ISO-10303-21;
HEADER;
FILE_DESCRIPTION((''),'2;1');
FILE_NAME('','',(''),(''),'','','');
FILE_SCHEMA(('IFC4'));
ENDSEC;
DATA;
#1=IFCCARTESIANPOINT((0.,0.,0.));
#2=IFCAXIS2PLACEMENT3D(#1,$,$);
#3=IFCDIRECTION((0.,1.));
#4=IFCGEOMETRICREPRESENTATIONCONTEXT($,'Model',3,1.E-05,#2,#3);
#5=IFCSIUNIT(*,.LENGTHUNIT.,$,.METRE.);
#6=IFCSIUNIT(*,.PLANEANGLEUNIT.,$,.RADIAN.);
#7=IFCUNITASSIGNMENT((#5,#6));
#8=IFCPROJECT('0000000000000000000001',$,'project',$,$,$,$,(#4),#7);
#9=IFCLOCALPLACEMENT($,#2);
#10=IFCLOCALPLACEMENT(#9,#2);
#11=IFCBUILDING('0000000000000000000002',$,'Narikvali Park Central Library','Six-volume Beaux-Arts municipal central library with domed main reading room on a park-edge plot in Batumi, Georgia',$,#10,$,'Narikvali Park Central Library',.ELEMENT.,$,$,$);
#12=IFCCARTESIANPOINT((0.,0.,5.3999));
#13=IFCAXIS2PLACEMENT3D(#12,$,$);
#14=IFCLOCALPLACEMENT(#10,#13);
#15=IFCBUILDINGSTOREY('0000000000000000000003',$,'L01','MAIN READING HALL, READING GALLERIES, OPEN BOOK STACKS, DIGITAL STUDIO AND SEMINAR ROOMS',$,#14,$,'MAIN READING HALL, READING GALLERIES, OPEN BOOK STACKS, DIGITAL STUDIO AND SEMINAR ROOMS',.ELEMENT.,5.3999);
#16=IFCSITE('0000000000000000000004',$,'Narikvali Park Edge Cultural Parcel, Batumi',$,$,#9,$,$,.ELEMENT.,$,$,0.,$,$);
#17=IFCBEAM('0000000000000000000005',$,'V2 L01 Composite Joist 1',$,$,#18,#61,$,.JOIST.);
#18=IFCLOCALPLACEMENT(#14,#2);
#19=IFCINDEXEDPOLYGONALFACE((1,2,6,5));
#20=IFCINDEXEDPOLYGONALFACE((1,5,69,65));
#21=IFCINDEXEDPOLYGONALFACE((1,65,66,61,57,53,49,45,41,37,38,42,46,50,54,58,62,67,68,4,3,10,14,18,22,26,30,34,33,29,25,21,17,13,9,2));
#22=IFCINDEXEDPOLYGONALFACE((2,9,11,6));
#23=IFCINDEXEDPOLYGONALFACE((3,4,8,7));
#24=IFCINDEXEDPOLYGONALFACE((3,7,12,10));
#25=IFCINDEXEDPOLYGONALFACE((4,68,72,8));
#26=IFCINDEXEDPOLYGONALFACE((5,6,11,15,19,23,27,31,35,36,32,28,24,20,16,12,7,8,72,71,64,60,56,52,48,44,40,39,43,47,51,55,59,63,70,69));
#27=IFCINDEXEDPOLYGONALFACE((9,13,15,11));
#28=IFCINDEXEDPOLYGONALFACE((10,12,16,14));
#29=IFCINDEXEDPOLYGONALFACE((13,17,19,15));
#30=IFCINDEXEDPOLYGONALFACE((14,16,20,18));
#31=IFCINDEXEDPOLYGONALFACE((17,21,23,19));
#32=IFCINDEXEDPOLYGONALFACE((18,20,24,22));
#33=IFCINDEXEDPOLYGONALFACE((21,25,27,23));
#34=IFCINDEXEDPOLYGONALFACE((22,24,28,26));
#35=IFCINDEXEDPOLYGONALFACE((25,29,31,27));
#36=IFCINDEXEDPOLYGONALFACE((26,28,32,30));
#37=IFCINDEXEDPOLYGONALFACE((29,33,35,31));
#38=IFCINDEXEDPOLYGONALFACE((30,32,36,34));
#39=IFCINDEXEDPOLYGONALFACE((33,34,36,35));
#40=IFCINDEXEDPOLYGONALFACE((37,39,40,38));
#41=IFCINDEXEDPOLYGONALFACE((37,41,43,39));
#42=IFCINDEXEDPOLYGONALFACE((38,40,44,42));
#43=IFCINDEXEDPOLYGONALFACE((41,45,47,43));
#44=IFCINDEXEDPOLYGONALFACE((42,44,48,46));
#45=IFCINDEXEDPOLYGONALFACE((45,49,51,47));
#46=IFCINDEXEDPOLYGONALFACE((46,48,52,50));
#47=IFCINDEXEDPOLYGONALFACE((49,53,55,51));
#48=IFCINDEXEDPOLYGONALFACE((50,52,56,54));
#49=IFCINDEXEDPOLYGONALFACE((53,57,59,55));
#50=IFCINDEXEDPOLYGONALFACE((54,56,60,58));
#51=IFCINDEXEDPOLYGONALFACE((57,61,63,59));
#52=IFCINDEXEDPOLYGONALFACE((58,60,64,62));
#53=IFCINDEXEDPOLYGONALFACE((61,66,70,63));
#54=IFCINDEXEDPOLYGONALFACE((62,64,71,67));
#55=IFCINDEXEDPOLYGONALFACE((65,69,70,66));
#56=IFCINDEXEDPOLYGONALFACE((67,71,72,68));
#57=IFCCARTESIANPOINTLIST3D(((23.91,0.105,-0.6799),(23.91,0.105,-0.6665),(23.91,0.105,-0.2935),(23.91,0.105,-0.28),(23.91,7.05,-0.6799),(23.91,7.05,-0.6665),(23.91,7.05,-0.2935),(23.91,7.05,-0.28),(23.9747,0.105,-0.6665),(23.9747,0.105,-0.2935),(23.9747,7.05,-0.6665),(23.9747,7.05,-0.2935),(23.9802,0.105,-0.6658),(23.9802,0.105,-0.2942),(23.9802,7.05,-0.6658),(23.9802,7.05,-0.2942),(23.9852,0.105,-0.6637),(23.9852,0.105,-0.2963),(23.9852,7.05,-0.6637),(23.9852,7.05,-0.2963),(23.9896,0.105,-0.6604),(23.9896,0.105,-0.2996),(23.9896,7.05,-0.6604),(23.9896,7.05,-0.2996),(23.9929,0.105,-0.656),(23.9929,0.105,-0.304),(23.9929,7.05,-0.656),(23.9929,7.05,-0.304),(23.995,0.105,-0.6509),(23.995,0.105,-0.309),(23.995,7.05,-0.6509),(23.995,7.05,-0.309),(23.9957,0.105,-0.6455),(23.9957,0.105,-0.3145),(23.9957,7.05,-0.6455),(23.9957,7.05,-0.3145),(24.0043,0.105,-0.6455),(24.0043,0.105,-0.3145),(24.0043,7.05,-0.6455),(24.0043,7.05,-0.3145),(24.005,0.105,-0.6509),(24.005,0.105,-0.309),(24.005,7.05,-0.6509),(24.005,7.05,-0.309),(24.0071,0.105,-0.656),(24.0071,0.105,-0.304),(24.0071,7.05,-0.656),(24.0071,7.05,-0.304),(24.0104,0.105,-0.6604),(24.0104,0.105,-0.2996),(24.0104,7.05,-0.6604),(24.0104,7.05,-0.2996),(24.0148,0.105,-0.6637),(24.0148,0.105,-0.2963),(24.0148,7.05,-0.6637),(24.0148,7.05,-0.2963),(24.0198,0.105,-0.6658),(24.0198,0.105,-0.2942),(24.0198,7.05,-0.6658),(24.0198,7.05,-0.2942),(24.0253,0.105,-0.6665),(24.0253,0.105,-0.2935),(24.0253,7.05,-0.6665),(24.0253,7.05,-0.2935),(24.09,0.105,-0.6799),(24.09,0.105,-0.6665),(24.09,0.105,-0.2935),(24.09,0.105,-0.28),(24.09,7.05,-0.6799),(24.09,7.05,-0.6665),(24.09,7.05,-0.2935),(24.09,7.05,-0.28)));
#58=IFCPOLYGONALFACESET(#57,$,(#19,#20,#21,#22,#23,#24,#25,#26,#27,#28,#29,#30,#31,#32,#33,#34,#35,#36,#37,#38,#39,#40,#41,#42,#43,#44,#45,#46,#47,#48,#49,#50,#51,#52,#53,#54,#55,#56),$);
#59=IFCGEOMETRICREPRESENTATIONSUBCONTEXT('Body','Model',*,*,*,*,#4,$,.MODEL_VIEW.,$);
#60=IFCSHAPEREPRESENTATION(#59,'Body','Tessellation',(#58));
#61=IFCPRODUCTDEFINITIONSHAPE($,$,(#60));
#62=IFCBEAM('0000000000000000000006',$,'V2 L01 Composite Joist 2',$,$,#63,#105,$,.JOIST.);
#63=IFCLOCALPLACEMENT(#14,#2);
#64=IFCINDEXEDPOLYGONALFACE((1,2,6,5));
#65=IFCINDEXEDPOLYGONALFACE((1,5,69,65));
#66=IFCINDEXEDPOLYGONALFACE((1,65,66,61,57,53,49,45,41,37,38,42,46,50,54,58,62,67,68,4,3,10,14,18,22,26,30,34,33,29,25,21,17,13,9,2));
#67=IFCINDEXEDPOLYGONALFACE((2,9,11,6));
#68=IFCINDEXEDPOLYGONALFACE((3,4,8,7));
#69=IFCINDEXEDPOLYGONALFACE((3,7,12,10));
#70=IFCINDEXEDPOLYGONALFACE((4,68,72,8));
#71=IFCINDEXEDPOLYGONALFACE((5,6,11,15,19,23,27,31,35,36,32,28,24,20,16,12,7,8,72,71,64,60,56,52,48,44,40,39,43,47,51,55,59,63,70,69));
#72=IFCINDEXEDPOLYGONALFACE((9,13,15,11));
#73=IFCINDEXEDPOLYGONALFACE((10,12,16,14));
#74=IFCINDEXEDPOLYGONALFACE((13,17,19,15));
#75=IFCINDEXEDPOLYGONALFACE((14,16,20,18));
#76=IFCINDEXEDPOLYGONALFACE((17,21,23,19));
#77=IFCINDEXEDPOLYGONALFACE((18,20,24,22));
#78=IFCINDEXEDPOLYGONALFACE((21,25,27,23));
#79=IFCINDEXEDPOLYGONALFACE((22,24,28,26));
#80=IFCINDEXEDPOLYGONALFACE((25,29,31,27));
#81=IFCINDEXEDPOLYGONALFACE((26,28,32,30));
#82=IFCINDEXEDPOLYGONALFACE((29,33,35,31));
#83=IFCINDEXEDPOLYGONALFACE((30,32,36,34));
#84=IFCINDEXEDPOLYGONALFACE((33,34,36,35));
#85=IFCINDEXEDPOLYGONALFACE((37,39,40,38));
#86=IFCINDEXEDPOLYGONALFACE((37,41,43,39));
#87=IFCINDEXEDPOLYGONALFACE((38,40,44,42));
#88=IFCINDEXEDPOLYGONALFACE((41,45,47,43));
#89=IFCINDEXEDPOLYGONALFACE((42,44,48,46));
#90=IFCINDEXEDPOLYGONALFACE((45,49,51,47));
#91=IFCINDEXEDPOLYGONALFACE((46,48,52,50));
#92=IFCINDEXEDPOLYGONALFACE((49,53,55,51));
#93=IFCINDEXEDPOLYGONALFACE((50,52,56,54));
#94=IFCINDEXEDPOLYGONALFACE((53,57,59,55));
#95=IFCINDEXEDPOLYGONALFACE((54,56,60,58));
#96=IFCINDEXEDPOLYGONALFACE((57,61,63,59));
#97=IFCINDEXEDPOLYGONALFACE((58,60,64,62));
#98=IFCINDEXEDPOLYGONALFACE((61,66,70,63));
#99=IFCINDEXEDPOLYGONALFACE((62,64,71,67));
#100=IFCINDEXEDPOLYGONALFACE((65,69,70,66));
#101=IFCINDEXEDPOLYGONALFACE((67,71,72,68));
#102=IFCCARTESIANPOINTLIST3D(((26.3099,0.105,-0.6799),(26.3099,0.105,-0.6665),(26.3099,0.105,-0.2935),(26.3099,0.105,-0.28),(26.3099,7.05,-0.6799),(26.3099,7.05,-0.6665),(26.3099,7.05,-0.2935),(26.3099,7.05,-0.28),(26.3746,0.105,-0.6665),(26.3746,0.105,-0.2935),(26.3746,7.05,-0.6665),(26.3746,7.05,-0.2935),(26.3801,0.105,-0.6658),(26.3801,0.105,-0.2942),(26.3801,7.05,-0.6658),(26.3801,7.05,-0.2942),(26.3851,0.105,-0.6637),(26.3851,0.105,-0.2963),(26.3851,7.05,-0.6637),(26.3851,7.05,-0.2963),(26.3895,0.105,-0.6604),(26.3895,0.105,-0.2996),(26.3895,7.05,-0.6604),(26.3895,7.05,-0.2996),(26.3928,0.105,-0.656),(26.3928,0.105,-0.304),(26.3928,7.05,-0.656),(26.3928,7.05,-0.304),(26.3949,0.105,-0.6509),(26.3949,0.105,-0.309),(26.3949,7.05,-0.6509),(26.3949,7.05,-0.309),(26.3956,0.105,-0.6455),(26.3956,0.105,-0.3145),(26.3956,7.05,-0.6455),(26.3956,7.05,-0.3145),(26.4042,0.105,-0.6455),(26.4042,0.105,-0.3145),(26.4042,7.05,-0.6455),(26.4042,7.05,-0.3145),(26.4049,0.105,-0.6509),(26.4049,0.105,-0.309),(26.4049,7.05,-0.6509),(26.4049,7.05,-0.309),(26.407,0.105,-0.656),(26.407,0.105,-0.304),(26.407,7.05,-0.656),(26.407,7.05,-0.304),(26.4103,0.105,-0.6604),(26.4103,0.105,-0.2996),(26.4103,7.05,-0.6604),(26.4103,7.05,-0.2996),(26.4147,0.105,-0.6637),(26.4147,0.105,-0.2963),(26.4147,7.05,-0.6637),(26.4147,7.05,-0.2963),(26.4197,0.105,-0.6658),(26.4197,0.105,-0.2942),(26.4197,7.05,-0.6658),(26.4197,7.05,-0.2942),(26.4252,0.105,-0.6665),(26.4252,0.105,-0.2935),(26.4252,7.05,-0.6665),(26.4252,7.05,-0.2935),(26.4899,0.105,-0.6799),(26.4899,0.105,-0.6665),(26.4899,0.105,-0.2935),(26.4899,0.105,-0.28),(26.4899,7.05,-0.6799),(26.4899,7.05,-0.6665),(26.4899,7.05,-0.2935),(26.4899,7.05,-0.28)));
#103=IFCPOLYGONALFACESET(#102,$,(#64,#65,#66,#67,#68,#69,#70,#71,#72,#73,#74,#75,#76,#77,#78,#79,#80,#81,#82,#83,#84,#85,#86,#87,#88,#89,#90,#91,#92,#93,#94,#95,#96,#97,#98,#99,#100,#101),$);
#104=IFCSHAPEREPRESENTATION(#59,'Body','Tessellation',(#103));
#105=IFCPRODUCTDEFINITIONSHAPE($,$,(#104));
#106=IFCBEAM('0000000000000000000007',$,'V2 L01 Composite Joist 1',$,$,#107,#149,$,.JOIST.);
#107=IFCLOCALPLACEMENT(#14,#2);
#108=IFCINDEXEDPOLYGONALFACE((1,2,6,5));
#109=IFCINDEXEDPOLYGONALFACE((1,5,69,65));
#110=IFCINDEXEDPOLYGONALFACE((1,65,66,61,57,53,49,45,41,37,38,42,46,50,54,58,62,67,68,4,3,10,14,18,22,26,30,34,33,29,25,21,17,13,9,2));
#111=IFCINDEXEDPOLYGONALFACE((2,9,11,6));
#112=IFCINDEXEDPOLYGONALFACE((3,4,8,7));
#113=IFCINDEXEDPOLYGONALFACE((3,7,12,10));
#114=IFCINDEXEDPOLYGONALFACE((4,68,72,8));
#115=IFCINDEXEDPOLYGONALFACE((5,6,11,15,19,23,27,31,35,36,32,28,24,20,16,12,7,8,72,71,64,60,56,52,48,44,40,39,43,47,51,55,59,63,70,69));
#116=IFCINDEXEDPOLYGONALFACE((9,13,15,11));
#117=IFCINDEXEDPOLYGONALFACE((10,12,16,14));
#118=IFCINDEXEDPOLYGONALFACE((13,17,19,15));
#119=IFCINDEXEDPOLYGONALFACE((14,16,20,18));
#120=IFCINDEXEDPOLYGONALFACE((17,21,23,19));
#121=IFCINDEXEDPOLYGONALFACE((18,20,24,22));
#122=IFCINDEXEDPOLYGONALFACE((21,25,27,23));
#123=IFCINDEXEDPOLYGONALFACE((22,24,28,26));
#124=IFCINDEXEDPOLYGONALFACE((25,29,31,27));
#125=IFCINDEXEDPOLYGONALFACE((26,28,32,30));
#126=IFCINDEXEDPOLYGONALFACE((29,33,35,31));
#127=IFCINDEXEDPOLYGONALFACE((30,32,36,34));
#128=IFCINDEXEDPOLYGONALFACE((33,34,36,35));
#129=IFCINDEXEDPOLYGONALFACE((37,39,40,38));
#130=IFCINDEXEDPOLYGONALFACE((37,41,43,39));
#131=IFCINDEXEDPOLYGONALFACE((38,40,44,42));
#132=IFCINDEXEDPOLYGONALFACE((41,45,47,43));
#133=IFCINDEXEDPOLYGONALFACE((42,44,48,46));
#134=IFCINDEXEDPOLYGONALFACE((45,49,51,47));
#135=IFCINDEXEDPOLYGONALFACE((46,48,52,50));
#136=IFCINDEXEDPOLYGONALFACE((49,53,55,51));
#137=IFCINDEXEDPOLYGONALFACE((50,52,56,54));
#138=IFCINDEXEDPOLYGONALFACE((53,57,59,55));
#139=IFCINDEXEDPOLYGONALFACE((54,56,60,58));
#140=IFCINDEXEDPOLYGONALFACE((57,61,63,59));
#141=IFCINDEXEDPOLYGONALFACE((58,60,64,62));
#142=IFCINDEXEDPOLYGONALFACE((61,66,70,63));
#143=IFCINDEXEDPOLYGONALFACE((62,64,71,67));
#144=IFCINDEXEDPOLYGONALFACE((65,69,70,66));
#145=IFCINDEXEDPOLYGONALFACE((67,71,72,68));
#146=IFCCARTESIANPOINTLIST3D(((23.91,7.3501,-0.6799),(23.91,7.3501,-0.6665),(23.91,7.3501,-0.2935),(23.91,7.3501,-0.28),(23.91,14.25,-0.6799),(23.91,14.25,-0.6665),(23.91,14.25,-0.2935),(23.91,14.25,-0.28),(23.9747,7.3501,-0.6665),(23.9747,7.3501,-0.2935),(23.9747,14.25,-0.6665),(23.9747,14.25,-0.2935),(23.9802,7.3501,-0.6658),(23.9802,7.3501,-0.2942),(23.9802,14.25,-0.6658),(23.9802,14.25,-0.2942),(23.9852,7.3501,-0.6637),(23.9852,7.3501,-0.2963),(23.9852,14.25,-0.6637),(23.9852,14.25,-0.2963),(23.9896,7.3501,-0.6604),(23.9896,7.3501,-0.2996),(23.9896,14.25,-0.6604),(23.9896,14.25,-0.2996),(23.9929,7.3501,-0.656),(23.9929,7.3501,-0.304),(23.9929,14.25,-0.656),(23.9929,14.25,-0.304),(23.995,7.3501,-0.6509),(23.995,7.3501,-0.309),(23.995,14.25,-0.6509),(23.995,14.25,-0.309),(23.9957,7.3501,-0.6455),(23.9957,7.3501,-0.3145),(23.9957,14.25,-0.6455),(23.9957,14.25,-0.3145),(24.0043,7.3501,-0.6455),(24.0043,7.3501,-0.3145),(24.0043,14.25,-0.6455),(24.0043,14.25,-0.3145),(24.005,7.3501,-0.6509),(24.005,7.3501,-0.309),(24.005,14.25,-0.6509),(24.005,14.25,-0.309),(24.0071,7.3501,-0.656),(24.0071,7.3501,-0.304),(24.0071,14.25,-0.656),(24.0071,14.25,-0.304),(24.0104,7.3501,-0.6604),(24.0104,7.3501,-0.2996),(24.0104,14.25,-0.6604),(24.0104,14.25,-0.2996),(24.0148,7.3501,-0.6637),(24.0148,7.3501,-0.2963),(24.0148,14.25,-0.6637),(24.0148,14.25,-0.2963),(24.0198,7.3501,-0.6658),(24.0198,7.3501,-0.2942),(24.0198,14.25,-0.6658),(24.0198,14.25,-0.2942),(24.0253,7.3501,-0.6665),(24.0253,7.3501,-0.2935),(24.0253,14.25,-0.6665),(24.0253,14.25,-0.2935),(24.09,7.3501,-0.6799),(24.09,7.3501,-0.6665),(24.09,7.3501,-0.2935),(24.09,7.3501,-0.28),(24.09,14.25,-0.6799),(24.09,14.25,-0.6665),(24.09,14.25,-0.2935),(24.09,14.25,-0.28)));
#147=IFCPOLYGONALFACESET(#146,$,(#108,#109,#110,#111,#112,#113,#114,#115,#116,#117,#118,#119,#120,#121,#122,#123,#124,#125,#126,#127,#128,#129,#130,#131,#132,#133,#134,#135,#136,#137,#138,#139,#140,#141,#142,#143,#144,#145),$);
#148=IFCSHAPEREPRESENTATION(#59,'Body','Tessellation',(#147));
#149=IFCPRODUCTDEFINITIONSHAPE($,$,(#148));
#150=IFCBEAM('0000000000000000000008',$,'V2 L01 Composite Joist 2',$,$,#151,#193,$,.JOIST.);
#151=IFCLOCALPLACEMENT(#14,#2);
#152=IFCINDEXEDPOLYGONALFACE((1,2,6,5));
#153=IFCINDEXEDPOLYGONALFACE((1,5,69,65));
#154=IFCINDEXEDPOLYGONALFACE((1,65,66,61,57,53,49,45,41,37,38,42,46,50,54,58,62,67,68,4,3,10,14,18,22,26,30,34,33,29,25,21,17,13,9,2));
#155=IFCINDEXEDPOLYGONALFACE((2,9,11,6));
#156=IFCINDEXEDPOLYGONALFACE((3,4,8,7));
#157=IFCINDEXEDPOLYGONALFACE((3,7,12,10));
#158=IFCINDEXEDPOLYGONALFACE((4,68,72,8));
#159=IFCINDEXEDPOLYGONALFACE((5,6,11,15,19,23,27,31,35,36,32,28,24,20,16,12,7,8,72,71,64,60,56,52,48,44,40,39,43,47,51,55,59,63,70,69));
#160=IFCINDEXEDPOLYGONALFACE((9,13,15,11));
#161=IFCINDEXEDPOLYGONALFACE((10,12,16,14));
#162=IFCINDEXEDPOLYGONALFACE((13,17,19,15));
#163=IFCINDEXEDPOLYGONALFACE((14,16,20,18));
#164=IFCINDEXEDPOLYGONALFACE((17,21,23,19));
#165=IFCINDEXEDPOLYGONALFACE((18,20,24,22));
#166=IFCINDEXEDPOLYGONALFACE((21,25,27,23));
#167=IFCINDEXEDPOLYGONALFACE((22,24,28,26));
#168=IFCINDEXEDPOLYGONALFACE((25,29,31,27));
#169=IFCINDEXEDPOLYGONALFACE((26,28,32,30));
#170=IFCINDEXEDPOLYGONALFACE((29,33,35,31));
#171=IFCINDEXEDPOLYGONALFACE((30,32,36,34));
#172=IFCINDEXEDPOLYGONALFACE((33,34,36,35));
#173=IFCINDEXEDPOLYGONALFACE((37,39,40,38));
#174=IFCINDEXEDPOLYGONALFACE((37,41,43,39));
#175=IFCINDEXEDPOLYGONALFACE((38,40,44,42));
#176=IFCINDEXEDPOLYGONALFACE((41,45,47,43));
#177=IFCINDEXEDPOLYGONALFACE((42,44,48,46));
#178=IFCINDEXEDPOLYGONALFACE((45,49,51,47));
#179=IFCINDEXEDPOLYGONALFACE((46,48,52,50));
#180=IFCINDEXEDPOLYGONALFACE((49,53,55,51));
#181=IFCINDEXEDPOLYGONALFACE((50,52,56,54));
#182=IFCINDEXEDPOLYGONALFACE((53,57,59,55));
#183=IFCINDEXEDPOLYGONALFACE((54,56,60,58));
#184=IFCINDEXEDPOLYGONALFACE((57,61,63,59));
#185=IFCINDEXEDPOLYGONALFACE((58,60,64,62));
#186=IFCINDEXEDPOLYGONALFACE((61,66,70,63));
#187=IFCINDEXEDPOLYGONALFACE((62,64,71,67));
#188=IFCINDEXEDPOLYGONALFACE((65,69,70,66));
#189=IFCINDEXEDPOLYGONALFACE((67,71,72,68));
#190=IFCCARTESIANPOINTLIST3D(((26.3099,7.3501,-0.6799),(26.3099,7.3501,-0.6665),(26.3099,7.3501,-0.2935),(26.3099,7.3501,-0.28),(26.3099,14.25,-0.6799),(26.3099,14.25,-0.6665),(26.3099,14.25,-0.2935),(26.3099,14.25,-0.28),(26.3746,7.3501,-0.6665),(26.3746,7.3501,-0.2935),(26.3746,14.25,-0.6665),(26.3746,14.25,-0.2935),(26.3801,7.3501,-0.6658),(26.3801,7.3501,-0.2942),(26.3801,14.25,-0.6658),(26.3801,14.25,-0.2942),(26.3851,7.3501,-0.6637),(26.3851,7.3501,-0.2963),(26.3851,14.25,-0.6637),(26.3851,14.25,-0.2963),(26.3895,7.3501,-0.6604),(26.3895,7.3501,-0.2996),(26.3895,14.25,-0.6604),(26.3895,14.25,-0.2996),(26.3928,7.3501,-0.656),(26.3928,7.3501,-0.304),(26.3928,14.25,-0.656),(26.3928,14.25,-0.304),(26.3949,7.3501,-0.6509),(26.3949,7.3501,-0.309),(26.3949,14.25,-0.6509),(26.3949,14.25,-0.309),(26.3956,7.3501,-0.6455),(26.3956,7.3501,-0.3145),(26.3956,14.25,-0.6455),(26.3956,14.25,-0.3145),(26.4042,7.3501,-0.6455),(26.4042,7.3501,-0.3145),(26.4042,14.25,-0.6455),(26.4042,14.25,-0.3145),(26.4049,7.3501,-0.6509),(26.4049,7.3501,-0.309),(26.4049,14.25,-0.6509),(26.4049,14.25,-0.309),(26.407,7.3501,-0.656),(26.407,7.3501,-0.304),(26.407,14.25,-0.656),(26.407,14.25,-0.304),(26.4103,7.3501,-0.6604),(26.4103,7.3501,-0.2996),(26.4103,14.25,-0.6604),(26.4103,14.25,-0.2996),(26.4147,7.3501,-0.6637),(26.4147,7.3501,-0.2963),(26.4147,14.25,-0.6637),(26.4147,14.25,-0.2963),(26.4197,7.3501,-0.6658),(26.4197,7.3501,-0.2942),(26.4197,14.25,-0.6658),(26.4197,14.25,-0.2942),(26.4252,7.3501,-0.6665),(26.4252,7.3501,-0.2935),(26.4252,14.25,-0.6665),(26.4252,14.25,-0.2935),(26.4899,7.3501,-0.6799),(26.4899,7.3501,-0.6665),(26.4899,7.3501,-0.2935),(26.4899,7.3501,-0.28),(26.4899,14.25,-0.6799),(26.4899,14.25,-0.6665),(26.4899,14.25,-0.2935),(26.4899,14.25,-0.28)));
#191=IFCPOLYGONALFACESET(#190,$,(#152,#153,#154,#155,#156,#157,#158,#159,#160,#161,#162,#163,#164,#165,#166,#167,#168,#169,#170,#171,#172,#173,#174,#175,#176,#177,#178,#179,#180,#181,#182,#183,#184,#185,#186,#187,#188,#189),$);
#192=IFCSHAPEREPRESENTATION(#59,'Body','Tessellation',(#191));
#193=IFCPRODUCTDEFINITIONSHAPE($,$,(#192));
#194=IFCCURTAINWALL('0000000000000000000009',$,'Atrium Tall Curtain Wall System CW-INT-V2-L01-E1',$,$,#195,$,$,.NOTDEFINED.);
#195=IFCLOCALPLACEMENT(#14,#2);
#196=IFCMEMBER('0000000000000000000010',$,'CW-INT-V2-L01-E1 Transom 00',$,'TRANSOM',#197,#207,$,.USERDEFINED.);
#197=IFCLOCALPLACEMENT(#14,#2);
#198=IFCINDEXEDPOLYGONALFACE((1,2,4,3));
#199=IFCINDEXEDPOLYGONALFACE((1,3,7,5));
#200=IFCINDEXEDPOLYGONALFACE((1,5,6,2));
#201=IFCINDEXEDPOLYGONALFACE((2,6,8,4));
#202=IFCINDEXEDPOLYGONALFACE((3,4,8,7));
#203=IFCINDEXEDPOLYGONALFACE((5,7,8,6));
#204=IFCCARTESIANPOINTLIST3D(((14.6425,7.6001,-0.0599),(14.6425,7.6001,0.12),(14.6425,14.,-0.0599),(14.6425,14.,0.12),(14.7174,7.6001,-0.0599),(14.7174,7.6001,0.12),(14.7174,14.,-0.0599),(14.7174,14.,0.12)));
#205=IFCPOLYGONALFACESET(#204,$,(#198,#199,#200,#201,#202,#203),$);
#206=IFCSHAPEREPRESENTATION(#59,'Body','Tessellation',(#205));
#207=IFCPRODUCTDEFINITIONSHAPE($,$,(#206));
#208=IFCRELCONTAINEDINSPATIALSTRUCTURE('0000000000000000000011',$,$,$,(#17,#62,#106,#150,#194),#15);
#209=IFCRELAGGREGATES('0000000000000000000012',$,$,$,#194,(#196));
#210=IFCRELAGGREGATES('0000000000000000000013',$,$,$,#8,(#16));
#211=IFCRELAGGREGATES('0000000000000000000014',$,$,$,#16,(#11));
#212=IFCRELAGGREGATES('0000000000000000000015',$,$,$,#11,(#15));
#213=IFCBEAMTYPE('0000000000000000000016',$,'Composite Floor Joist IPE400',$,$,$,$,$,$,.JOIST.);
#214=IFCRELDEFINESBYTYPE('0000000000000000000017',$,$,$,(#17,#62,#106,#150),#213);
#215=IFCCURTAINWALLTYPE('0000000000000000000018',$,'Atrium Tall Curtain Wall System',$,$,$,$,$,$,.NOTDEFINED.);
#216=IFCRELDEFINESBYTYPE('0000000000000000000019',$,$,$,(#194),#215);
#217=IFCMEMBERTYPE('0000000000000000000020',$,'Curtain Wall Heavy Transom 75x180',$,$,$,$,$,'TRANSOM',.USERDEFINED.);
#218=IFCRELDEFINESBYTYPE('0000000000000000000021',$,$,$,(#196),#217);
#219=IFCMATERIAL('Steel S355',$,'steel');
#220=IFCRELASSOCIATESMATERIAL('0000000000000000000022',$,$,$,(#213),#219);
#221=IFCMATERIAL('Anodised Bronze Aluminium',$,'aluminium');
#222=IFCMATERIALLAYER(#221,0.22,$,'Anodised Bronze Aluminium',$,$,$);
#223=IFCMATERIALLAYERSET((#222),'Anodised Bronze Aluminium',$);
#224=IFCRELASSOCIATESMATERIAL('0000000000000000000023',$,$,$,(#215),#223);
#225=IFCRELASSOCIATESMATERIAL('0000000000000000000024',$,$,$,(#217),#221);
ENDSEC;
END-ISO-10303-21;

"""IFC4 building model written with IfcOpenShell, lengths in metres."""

from ifc_helpers import new_model, si_unit, direction, frame, origin, origin_2d, place, context, subcontext, project, spatial, rectangle, i_section, extrude, material, layer, layer_set, material_profile, profile_set, type_object, element, aggregate, save


model = new_model("IFC4")

# Units and contexts
model_context = context("Model", 3, precision=1e-05, world=origin(), true_north=direction((0.0, 1.0)))
body_context = subcontext(model_context, "Body", "Model", "MODEL_VIEW")
ifc_project = project(units=[si_unit("LENGTHUNIT", "METRE"), si_unit("PLANEANGLEUNIT", "RADIAN")], contexts=[model_context])

# Site, building, storey
site_placement = place(None, origin())
site = spatial("IfcSite", under=ifc_project, at=site_placement, Name="Narikvali Park Edge Cultural Parcel, Batumi", CompositionType="ELEMENT", RefElevation=0.0)
building_placement = place(site_placement, origin())
building = spatial("IfcBuilding", under=site, at=building_placement, Name="Narikvali Park Central Library", Description="Six-volume Beaux-Arts municipal central library with domed main reading room on a park-edge plot in Batumi, Georgia", LongName="Narikvali Park Central Library", CompositionType="ELEMENT")
storey_placement = place(building_placement, frame((0.0, 0.0, 5.3999)))
storey = spatial("IfcBuildingStorey", under=building, at=storey_placement, Name="L01", Description="MAIN READING HALL, READING GALLERIES, OPEN BOOK STACKS, DIGITAL STUDIO AND SEMINAR ROOMS", LongName="MAIN READING HALL, READING GALLERIES, OPEN BOOK STACKS, DIGITAL STUDIO AND SEMINAR ROOMS", CompositionType="ELEMENT", Elevation=5.3999)

# Shared definitions
ifc_material_1 = material(Name="Steel S355", Category="steel")

# Beams
ifc_material_profile_1 = material_profile(ifc_material_1, i_section(OverallWidth=0.1799, OverallDepth=0.3999, WebThickness=0.0085, FlangeThickness=0.0134, FilletRadius=0.021, at=origin_2d()), Name="IPE 400")
ifc_profile_set_1 = profile_set([ifc_material_profile_1], Name="Steel S355")
beam_type_1 = type_object("IfcBeamType", Name="Composite Floor Joist IPE400", PredefinedType="JOIST", material=ifc_profile_set_1)
for number, where, z_axis, x_axis, name in (
    (1, (24.0, 0.105, -0.48), (0.0, 1.0, 0.0), (-1.0, 0.0, 0.0), "V2 L01 Composite Joist 1"),
    (2, (26.3999, 0.105, -0.48), (0.0, 1.0, 0.0), (-1.0, 0.0, 0.0), "V2 L01 Composite Joist 2"),
):
    element("IfcBeam", number, at=place(storey_placement, frame(where, z_axis=z_axis, x_axis=x_axis)), inside=storey, type_object=beam_type_1, Name=name, PredefinedType="JOIST", context=body_context, shape_type="SweptSolid", body=[
        extrude(i_section(OverallWidth=0.1799, OverallDepth=0.3999, WebThickness=0.0085, FlangeThickness=0.0134, FilletRadius=0.021, at=origin_2d()), origin(), (0.0, 0.0, 1.0), 6.9451),
    ])
for number, where, z_axis, x_axis, name in (
    (3, (24.0, 7.3501, -0.48), (0.0, 1.0, 0.0), (-1.0, 0.0, 0.0), "V2 L01 Composite Joist 1"),
    (4, (26.3999, 7.3501, -0.48), (0.0, 1.0, 0.0), (-1.0, 0.0, 0.0), "V2 L01 Composite Joist 2"),
):
    element("IfcBeam", number, at=place(storey_placement, frame(where, z_axis=z_axis, x_axis=x_axis)), inside=storey, type_object=beam_type_1, Name=name, PredefinedType="JOIST", context=body_context, shape_type="SweptSolid", body=[
        extrude(i_section(OverallWidth=0.1799, OverallDepth=0.3999, WebThickness=0.0085, FlangeThickness=0.0134, FilletRadius=0.021, at=origin_2d()), origin(), (0.0, 0.0, 1.0), 6.8999),
    ])

# Curtain wall, member
ifc_material_2 = material(Name="Anodised Bronze Aluminium", Category="aluminium")
ifc_layer_1 = layer(ifc_material_2, 0.22, Name="Anodised Bronze Aluminium")
ifc_layer_set_1 = layer_set([ifc_layer_1], Name="Anodised Bronze Aluminium")
curtain_wall_type = type_object("IfcCurtainWallType", Name="Atrium Tall Curtain Wall System", PredefinedType="NOTDEFINED", material=ifc_layer_set_1)
curtain_wall_placement = place(storey_placement, origin())
curtain_wall = element("IfcCurtainWall", 5, at=curtain_wall_placement, inside=storey, type_object=curtain_wall_type, Name="Atrium Tall Curtain Wall System CW-INT-V2-L01-E1", PredefinedType="NOTDEFINED")
ifc_material_profile_2 = material_profile(ifc_material_2, rectangle(XDim=0.075, YDim=0.1799, at=origin_2d()), Name="CW TRANSOM 75x180")
ifc_profile_set_2 = profile_set([ifc_material_profile_2], Name="Anodised Bronze Aluminium")
member_type_1 = type_object("IfcMemberType", Name="Curtain Wall Heavy Transom 75x180", ElementType="TRANSOM", PredefinedType="USERDEFINED", material=ifc_profile_set_2)
member_1_placement = place(storey_placement, frame((14.6799, 7.6001, 0.03), z_axis=(0.0, 1.0, 0.0), x_axis=(-1.0, 0.0, 0.0)))
member_1 = element("IfcMember", 6, at=member_1_placement, type_object=member_type_1, Name="CW-INT-V2-L01-E1 Transom 00", ObjectType="TRANSOM", PredefinedType="USERDEFINED", context=body_context, shape_type="SweptSolid", body=[
    extrude(rectangle(XDim=0.075, YDim=0.1799, at=origin_2d()), origin(), (0.0, 0.0, 1.0), 6.3999),
])

aggregate(curtain_wall, [member_1])

save(model, "model.ifc")
